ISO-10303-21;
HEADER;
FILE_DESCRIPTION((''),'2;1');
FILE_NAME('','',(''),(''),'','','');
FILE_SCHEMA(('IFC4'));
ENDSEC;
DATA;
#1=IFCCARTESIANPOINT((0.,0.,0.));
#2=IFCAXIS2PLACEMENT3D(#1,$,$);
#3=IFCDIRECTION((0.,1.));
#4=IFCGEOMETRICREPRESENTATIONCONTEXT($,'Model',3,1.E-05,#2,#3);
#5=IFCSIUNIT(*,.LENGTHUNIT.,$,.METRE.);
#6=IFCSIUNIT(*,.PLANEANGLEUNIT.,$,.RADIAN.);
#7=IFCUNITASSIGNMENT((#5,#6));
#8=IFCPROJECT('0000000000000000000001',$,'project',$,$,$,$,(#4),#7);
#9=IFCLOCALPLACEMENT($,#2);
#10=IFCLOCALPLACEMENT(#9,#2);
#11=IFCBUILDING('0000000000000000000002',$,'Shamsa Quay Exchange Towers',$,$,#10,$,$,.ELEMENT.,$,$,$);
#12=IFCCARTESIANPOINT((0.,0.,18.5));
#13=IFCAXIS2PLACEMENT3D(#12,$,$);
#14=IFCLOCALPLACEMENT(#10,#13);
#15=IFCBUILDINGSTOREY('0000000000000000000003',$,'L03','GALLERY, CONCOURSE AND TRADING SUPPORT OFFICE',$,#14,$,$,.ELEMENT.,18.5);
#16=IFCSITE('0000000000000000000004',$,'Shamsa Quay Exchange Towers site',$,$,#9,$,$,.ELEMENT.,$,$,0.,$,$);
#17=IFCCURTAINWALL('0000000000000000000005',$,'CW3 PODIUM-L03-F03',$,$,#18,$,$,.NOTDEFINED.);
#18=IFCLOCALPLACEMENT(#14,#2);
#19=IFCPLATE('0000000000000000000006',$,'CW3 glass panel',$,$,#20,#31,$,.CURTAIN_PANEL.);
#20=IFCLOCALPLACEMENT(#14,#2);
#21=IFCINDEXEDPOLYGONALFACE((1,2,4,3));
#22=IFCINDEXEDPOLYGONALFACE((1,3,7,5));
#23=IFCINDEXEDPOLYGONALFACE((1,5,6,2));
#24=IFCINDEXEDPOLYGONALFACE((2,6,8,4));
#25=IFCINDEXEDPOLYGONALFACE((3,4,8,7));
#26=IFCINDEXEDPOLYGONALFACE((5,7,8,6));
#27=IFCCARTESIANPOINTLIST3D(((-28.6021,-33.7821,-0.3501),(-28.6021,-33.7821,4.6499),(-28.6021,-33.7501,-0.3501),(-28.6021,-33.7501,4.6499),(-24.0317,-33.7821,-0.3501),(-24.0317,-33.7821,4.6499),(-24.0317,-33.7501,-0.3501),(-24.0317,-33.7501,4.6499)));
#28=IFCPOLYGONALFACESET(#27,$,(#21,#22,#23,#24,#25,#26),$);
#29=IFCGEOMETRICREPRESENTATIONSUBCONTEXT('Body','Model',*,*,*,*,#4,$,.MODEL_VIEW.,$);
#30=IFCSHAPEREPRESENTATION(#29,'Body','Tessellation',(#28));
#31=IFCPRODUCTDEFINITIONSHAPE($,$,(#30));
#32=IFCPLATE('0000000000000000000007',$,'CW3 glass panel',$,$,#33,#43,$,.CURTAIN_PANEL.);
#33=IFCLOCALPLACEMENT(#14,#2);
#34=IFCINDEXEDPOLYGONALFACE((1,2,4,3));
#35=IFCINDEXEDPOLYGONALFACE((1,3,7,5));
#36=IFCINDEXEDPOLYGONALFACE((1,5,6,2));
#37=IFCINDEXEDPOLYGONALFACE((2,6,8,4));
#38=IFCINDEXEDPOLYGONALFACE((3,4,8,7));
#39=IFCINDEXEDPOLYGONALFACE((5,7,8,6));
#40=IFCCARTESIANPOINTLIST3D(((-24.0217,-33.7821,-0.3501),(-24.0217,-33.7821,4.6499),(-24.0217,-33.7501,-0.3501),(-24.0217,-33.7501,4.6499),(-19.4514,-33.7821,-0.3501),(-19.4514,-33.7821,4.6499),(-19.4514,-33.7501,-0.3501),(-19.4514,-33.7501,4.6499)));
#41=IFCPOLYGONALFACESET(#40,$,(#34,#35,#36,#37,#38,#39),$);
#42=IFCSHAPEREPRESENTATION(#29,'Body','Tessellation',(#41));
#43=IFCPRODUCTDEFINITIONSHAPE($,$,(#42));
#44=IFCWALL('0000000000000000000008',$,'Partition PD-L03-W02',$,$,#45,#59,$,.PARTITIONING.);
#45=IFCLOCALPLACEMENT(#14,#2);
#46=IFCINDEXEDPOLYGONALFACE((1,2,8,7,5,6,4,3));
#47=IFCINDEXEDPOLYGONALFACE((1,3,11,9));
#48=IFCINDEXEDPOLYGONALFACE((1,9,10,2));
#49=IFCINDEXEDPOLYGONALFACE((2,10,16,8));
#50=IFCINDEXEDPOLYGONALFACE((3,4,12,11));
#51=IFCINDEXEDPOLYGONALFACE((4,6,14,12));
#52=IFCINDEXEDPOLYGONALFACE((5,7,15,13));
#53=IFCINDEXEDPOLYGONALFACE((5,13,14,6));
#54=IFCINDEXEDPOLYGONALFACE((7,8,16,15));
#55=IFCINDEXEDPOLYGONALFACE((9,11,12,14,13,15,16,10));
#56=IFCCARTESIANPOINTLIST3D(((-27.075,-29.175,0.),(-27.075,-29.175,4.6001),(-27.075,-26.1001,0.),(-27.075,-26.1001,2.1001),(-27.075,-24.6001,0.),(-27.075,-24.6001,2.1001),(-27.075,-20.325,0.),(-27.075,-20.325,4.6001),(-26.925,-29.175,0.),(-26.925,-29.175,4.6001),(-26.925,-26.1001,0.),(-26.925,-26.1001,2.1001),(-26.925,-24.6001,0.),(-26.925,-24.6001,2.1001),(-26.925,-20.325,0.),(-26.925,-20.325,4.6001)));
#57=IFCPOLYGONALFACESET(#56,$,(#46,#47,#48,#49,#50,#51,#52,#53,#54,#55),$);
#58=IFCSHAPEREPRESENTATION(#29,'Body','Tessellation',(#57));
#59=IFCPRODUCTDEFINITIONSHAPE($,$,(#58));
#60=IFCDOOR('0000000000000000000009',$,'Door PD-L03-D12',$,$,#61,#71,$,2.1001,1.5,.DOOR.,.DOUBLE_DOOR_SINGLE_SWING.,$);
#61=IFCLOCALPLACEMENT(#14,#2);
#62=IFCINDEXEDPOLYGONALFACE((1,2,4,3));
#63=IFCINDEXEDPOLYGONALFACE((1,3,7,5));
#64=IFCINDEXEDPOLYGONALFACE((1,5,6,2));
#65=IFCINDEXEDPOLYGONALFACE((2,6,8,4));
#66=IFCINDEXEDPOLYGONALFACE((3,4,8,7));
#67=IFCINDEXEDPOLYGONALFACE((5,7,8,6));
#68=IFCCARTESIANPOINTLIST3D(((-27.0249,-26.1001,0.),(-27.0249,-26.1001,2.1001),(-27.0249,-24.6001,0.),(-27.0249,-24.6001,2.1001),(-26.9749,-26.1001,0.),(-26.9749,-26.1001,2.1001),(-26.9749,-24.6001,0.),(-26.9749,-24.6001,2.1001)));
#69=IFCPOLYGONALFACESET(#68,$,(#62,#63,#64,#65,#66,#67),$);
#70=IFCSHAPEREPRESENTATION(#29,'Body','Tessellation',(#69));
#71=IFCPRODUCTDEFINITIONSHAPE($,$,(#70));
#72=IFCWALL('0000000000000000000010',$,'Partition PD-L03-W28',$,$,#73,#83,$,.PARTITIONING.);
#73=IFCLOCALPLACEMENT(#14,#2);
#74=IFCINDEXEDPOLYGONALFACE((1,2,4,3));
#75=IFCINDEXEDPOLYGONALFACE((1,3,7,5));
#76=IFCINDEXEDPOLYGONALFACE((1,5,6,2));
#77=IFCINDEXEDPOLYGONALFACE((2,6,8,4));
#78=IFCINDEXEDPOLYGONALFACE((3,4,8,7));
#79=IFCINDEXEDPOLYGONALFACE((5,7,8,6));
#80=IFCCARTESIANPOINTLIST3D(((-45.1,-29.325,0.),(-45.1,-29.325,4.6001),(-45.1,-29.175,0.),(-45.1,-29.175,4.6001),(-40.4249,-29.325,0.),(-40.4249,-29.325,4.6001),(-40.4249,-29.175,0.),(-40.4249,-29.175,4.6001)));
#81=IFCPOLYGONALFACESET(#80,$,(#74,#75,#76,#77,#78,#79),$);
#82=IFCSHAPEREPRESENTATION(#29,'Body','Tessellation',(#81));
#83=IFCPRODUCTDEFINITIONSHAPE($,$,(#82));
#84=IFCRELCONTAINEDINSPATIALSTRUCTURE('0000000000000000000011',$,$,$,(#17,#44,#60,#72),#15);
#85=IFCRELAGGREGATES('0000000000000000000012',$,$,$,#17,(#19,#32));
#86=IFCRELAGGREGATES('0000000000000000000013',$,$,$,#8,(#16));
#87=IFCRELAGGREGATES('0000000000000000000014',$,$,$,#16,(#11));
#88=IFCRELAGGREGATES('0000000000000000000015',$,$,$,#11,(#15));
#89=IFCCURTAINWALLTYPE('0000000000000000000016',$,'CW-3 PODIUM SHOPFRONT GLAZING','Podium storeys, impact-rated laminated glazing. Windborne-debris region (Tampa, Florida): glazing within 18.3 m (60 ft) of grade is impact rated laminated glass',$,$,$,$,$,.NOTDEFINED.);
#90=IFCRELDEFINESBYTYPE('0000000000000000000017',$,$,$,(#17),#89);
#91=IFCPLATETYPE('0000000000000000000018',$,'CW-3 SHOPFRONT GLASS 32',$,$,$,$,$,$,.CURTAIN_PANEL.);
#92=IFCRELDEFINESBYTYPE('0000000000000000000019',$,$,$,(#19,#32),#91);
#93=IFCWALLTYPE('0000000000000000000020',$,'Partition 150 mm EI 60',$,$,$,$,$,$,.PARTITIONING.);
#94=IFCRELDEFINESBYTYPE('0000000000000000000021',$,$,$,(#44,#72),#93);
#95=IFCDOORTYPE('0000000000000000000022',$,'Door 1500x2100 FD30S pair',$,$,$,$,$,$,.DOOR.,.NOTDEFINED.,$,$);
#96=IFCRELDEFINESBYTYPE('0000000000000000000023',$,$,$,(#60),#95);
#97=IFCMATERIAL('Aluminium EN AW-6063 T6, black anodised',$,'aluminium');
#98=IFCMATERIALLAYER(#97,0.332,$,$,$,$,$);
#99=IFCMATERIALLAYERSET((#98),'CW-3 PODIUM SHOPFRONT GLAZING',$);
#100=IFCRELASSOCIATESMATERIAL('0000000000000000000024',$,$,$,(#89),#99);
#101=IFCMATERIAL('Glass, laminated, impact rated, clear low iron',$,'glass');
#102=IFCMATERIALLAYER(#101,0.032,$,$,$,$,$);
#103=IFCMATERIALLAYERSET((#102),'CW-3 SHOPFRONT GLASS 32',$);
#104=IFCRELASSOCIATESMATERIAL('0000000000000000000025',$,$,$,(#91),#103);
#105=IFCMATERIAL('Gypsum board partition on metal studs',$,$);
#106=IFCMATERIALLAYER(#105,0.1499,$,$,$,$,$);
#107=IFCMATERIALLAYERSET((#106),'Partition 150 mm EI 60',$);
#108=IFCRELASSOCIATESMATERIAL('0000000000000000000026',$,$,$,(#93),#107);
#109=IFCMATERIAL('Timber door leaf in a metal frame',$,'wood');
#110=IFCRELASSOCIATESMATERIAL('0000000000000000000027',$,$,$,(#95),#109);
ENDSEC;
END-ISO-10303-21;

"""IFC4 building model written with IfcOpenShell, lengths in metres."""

from ifc_helpers import new_model, si_unit, direction, frame, frame_2d, origin, origin_2d, place, context, subcontext, project, spatial, rectangle, extrude, material, layer, layer_set, type_object, element, fill, aggregate, save


model = new_model("IFC4")

# Units and contexts
model_context = context("Model", 3, precision=1e-05, world=origin(), true_north=direction((0.0, 1.0)))
body_context = subcontext(model_context, "Body", "Model", "MODEL_VIEW")
ifc_project = project(units=[si_unit("LENGTHUNIT", "METRE"), si_unit("PLANEANGLEUNIT", "RADIAN")], contexts=[model_context])

# Site, building, storey
site_placement = place(None, origin())
site = spatial("IfcSite", under=ifc_project, at=site_placement, Name="Shamsa Quay Exchange Towers site", CompositionType="ELEMENT", RefElevation=0.0)
building_placement = place(site_placement, origin())
building = spatial("IfcBuilding", under=site, at=building_placement, Name="Shamsa Quay Exchange Towers", CompositionType="ELEMENT")
storey_placement = place(building_placement, frame((0.0, 0.0, 18.5)))
storey = spatial("IfcBuildingStorey", under=building, at=storey_placement, Name="L03", Description="GALLERY, CONCOURSE AND TRADING SUPPORT OFFICE", CompositionType="ELEMENT", Elevation=18.5)

# Curtain wall, plates
ifc_material_1 = material(Name="Aluminium EN AW-6063 T6, black anodised", Category="aluminium")
ifc_layer_1 = layer(ifc_material_1, 0.332)
ifc_layer_set_1 = layer_set([ifc_layer_1], Name="CW-3 PODIUM SHOPFRONT GLAZING")
curtain_wall_type = type_object("IfcCurtainWallType", Name="CW-3 PODIUM SHOPFRONT GLAZING", Description="Podium storeys, impact-rated laminated glazing. Windborne-debris region (Tampa, Florida): glazing within 18.3 m (60 ft) of grade is impact rated laminated glass", PredefinedType="NOTDEFINED", material=ifc_layer_set_1)
curtain_wall_placement = place(storey_placement, origin())
curtain_wall = element("IfcCurtainWall", 1, at=curtain_wall_placement, inside=storey, type_object=curtain_wall_type, Name="CW3 PODIUM-L03-F03", PredefinedType="NOTDEFINED")
ifc_material_2 = material(Name="Glass, laminated, impact rated, clear low iron", Category="glass")
ifc_layer_2 = layer(ifc_material_2, 0.032)
ifc_layer_set_2 = layer_set([ifc_layer_2], Name="CW-3 SHOPFRONT GLASS 32")
plate_type = type_object("IfcPlateType", Name="CW-3 SHOPFRONT GLASS 32", PredefinedType="CURTAIN_PANEL", material=ifc_layer_set_2)
plate_1_placement = place(storey_placement, frame((-26.3169, -33.7661, -0.3501)))
plate_1 = element("IfcPlate", 2, at=plate_1_placement, type_object=plate_type, Name="CW3 glass panel", PredefinedType="CURTAIN_PANEL", context=body_context, shape_type="SweptSolid", body=[
    extrude(rectangle(XDim=4.5703, YDim=0.032, at=origin_2d()), origin(), (0.0, 0.0, 1.0), 5.0),
])
plate_2_placement = place(storey_placement, frame((-21.7366, -33.7661, -0.3501)))
plate_2 = element("IfcPlate", 3, at=plate_2_placement, type_object=plate_type, Name="CW3 glass panel", PredefinedType="CURTAIN_PANEL", context=body_context, shape_type="SweptSolid", body=[
    extrude(rectangle(XDim=4.5703, YDim=0.032, at=origin_2d()), origin(), (0.0, 0.0, 1.0), 5.0),
])
aggregate(curtain_wall, [plate_1, plate_2])

# Wall, opening, door
ifc_material_3 = material(Name="Gypsum board partition on metal studs")
ifc_layer_3 = layer(ifc_material_3, 0.1499)
ifc_layer_set_3 = layer_set([ifc_layer_3], Name="Partition 150 mm EI 60")
wall_type = type_object("IfcWallType", Name="Partition 150 mm EI 60", PredefinedType="PARTITIONING", material=ifc_layer_set_3)
wall_1_placement = place(storey_placement, frame((-27.0, -29.175, 0.0), z_axis=(0.0, 0.0, 1.0), x_axis=(0.0, 1.0, 0.0)))
wall_1 = element("IfcWall", 4, at=wall_1_placement, inside=storey, type_object=wall_type, Name="Partition PD-L03-W02", PredefinedType="PARTITIONING", context=body_context, shape_type="SweptSolid", body=[
    extrude(rectangle(XDim=8.8501, YDim=0.1499, at=frame_2d((4.425, 0.0))), origin(), (0.0, 0.0, 1.0), 4.6001),
])
opening_placement = place(wall_1_placement, frame((3.075, 0.0, 0.0)))
opening = element("IfcOpeningElement", 5, at=opening_placement, cuts=wall_1, PredefinedType="OPENING", context=body_context, shape_type="SweptSolid", body=[
    extrude(rectangle(XDim=1.5, YDim=2.1001, at=frame_2d((0.75, 1.05))), frame((0.0, 0.085, 0.0), z_axis=(0.0, -1.0, 0.0), x_axis=(1.0, 0.0, 0.0)), (0.0, 0.0, 1.0), 0.1699),
])
ifc_material_4 = material(Name="Timber door leaf in a metal frame", Category="wood")
door_type = type_object("IfcDoorType", Name="Door 1500x2100 FD30S pair", OperationType="NOTDEFINED", PredefinedType="DOOR", material=ifc_material_4)
door_placement = place(opening_placement, origin())
door = element("IfcDoor", 6, at=door_placement, inside=storey, type_object=door_type, Name="Door PD-L03-D12", OperationType="DOUBLE_DOOR_SINGLE_SWING", OverallHeight=2.1001, OverallWidth=1.5, PredefinedType="DOOR", context=body_context, shape_type="SweptSolid", body=[
    extrude(rectangle(XDim=1.5, YDim=2.1001, at=frame_2d((0.75, 1.05))), frame((0.0, 0.0249, 0.0), z_axis=(0.0, -1.0, 0.0), x_axis=(1.0, 0.0, 0.0)), (0.0, 0.0, 1.0), 0.05),
])
fill(opening, door)

# Wall
wall_2_placement = place(storey_placement, frame((-40.425, -29.25, 0.0), z_axis=(0.0, 0.0, 1.0), x_axis=(-1.0, 0.0, 0.0)))
element("IfcWall", 7, at=wall_2_placement, inside=storey, type_object=wall_type, Name="Partition PD-L03-W28", PredefinedType="PARTITIONING", context=body_context, shape_type="SweptSolid", body=[
    extrude(rectangle(XDim=4.675, YDim=0.1499, at=frame_2d((2.3374, 0.0))), origin(), (0.0, 0.0, 1.0), 4.6001),
])

save(model, "model.ifc")
